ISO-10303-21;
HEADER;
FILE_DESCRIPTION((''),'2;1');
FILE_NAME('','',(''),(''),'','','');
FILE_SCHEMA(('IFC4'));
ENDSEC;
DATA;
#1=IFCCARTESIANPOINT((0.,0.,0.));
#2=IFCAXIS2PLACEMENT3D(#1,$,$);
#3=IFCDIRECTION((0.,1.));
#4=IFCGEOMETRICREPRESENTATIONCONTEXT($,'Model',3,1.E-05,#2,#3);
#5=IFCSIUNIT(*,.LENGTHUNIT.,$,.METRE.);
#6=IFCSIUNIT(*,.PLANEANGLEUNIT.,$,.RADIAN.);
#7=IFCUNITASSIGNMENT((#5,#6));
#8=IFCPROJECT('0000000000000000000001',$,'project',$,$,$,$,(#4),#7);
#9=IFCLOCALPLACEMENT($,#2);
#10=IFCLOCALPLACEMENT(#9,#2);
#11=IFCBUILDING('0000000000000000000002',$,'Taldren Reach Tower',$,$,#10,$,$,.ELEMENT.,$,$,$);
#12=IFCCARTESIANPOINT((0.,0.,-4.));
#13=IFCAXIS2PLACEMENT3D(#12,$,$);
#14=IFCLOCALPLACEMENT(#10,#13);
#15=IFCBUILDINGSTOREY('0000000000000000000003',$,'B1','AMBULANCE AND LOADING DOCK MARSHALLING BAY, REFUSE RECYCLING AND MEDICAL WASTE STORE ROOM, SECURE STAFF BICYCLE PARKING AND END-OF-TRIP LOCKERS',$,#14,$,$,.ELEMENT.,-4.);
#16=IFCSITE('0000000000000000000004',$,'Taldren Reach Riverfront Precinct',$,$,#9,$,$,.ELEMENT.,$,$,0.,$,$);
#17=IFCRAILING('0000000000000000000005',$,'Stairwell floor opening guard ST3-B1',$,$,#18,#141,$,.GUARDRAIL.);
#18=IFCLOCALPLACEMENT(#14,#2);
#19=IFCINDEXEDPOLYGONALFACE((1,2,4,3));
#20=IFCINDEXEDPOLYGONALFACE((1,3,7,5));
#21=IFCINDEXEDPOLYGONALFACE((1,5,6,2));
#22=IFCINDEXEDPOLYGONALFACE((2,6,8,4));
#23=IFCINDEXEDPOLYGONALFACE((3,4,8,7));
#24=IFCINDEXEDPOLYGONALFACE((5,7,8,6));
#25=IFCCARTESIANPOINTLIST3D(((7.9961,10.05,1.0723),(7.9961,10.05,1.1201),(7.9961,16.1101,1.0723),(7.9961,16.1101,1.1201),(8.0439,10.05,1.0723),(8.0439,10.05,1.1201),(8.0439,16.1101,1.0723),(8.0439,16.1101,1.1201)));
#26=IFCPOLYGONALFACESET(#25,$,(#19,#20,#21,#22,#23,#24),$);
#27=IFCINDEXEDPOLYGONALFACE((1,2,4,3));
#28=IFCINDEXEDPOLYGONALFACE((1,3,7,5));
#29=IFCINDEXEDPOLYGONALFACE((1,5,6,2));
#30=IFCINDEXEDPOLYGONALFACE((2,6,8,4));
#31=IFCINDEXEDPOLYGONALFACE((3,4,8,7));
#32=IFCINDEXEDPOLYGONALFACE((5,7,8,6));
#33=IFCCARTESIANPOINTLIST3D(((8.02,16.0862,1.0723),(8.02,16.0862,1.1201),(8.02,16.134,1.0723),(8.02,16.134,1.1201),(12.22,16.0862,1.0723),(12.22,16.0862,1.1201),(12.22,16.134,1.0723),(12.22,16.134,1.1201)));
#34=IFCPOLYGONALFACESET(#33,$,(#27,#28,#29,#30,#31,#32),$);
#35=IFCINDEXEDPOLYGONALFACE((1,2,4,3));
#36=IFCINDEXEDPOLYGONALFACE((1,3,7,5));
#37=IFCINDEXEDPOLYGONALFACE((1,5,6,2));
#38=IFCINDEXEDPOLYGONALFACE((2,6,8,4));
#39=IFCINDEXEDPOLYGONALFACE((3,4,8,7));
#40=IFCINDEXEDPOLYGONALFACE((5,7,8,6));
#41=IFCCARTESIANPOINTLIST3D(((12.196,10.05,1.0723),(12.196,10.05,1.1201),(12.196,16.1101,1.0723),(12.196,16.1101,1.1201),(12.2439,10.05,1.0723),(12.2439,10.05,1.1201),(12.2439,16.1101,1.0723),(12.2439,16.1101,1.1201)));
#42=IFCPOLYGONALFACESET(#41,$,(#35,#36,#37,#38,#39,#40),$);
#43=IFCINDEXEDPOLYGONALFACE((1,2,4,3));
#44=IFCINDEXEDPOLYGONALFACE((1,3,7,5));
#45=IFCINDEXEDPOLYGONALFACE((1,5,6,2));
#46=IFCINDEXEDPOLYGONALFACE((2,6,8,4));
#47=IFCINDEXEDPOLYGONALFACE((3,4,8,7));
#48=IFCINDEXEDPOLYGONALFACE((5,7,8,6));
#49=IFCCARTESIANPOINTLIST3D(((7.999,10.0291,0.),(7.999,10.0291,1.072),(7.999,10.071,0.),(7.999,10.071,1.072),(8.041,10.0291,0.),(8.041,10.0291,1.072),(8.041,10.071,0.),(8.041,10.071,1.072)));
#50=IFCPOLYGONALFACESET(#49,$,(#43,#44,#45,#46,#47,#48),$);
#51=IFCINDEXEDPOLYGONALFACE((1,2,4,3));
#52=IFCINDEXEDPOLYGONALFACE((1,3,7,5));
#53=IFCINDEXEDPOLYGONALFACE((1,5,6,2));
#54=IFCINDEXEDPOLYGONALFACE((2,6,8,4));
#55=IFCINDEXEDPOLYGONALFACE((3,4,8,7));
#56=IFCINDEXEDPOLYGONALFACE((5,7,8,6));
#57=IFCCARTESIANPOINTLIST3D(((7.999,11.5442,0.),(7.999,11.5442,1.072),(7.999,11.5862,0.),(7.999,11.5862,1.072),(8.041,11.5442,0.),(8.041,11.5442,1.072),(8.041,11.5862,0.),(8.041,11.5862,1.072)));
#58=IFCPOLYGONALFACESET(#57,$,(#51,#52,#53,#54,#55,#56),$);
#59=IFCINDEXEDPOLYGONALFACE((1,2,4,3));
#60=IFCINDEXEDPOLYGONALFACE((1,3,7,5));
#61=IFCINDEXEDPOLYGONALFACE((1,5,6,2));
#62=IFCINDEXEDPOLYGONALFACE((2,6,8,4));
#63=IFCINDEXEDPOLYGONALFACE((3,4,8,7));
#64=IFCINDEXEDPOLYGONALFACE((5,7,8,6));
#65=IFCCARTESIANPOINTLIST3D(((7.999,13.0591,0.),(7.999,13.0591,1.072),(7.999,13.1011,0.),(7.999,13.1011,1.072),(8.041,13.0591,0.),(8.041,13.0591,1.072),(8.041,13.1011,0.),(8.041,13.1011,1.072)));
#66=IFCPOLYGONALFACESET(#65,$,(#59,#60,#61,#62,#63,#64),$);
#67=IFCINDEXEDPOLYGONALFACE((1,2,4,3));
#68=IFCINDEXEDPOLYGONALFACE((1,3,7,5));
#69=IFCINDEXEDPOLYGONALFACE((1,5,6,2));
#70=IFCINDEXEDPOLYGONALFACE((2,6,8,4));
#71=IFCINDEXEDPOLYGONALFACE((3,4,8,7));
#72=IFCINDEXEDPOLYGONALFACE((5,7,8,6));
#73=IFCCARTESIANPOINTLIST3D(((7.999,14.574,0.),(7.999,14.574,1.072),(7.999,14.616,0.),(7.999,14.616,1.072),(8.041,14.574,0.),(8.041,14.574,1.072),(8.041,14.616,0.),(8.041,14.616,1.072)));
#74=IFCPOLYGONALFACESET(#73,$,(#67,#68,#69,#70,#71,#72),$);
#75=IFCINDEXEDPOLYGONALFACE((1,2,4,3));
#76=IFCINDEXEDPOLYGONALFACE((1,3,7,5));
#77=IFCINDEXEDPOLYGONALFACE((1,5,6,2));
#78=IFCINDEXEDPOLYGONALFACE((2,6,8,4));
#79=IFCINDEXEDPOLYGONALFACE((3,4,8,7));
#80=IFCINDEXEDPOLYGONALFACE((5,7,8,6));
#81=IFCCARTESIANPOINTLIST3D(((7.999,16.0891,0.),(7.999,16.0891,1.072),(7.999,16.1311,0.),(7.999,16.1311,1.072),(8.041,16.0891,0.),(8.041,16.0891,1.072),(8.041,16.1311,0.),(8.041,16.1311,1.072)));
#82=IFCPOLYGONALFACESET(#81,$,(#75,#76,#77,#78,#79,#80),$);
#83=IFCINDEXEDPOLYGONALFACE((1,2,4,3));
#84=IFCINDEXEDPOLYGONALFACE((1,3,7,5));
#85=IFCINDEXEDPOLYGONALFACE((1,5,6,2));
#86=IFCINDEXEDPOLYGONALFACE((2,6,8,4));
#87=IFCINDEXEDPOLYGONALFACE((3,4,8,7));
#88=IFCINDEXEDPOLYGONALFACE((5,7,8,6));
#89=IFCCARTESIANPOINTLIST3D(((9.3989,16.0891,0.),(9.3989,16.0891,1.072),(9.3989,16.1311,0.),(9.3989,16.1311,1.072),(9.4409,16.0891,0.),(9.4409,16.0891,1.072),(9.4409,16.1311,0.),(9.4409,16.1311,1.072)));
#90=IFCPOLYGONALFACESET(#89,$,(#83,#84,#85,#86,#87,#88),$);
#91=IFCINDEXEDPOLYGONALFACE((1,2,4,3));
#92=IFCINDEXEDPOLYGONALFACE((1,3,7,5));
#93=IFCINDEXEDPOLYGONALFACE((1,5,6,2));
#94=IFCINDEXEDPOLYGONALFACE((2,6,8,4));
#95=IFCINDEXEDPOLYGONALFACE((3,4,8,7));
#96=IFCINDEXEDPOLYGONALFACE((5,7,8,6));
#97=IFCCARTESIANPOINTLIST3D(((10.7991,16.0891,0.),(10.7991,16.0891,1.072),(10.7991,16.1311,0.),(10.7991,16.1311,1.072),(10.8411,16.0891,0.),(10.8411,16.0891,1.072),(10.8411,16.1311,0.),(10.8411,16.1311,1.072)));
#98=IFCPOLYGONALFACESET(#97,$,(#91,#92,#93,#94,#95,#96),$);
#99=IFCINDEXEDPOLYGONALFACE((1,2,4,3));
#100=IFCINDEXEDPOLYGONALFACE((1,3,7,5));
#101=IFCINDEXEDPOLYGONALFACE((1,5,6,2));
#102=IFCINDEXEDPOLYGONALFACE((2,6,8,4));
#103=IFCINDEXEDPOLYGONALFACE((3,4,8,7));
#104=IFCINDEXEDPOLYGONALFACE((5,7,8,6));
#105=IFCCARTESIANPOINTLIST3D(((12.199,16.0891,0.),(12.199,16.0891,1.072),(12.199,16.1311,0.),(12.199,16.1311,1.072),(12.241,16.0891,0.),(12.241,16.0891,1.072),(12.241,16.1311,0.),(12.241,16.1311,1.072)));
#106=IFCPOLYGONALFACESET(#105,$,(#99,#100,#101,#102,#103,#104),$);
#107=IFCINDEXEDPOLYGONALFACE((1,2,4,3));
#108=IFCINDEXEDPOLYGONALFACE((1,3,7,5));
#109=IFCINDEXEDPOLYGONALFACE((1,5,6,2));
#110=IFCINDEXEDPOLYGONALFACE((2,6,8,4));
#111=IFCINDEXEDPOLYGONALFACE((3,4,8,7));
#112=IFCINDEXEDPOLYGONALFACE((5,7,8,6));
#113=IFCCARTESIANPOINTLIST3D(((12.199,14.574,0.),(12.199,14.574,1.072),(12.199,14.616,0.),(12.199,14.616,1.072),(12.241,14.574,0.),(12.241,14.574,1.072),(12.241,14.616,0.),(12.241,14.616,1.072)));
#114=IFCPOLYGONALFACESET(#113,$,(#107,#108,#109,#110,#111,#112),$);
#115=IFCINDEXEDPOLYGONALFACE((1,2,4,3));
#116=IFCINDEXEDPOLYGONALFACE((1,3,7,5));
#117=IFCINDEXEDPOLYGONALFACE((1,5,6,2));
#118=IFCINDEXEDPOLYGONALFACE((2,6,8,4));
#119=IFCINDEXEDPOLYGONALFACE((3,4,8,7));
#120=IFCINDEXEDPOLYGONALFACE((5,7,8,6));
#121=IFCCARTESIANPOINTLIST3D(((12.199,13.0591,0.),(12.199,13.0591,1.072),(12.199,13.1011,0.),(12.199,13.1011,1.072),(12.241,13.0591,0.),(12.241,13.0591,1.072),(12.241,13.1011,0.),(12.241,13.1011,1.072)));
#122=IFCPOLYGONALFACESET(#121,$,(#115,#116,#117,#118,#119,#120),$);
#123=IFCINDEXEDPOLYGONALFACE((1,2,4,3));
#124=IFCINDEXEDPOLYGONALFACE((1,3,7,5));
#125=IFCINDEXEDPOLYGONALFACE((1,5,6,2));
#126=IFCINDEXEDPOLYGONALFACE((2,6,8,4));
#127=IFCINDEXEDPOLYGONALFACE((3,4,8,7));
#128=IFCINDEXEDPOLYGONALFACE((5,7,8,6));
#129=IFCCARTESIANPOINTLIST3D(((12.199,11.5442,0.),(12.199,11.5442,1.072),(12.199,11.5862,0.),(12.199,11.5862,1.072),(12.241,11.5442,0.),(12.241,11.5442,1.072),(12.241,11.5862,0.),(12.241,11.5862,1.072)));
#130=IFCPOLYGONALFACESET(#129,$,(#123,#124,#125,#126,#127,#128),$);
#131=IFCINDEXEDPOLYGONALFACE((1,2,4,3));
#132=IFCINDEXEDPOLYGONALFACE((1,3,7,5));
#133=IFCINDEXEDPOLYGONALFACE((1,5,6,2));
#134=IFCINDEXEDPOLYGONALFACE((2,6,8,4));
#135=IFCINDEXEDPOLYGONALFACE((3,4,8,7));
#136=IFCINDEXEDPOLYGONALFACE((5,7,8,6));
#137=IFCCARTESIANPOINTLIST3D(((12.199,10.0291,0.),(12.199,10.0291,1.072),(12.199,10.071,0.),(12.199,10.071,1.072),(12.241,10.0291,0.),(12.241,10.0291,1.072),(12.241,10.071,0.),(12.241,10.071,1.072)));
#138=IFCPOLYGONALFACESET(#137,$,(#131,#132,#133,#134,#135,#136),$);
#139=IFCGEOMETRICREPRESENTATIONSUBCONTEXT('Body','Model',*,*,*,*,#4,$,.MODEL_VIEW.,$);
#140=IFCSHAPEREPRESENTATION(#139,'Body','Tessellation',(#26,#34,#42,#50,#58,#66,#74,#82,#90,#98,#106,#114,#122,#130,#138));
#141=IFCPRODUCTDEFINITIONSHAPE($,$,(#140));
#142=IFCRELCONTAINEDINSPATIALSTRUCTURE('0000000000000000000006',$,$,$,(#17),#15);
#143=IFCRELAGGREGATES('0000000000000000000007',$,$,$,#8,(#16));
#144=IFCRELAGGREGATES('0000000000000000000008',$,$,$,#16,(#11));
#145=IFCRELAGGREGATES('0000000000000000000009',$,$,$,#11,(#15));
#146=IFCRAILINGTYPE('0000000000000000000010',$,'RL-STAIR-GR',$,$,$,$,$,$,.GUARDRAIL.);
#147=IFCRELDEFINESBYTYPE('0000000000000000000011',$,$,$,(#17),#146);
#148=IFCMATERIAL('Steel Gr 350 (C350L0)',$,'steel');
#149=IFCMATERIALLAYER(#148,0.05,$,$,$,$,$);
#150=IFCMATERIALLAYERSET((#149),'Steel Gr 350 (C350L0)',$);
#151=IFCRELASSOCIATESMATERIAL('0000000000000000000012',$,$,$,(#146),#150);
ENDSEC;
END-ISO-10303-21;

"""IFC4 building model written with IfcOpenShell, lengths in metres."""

from ifc_helpers import new_model, si_unit, direction, frame, origin, origin_2d, place, context, subcontext, project, spatial, rectangle, extrude, material, layer, layer_set, type_object, element, save


model = new_model("IFC4")

# Units and contexts
model_context = context("Model", 3, precision=1e-05, world=origin(), true_north=direction((0.0, 1.0)))
body_context = subcontext(model_context, "Body", "Model", "MODEL_VIEW")
ifc_project = project(units=[si_unit("LENGTHUNIT", "METRE"), si_unit("PLANEANGLEUNIT", "RADIAN")], contexts=[model_context])

# Site, building, storey
site_placement = place(None, origin())
site = spatial("IfcSite", under=ifc_project, at=site_placement, Name="Taldren Reach Riverfront Precinct", CompositionType="ELEMENT", RefElevation=0.0)
building_placement = place(site_placement, origin())
building = spatial("IfcBuilding", under=site, at=building_placement, Name="Taldren Reach Tower", CompositionType="ELEMENT")
storey_placement = place(building_placement, frame((0.0, 0.0, -4.0)))
storey = spatial("IfcBuildingStorey", under=building, at=storey_placement, Name="B1", Description="AMBULANCE AND LOADING DOCK MARSHALLING BAY, REFUSE RECYCLING AND MEDICAL WASTE STORE ROOM, SECURE STAFF BICYCLE PARKING AND END-OF-TRIP LOCKERS", CompositionType="ELEMENT", Elevation=-4.0)

# Shared definitions
ifc_material_1 = material(Name="Steel Gr 350 (C350L0)", Category="steel")

# Railing
ifc_layer_1 = layer(ifc_material_1, 0.05)
ifc_layer_set_1 = layer_set([ifc_layer_1], Name="Steel Gr 350 (C350L0)")
railing_type = type_object("IfcRailingType", Name="RL-STAIR-GR", PredefinedType="GUARDRAIL", material=ifc_layer_set_1)
railing_placement = place(storey_placement, frame((8.02, 10.05, 0.0)))
element("IfcRailing", 1, at=railing_placement, inside=storey, type_object=railing_type, Name="Stairwell floor opening guard ST3-B1", PredefinedType="GUARDRAIL", context=body_context, shape_type="SweptSolid", body=[
    extrude(rectangle(XDim=0.0479, YDim=0.0479, at=origin_2d()), frame((0.0, 0.0, 1.0962), z_axis=(0.0, 1.0, 0.0), x_axis=(-1.0, 0.0, 0.0)), (0.0, 0.0, 1.0), 6.0601),
    extrude(rectangle(XDim=0.0479, YDim=0.0479, at=origin_2d()), frame((0.0, 6.0601, 1.0962), z_axis=(1.0, 0.0, 0.0), x_axis=(0.0, 1.0, 0.0)), (0.0, 0.0, 1.0), 4.2),
    extrude(rectangle(XDim=0.0479, YDim=0.0479, at=origin_2d()), frame((4.2, 6.0601, 1.0962), z_axis=(0.0, -1.0, 0.0), x_axis=(1.0, 0.0, 0.0)), (0.0, 0.0, 1.0), 6.0601),
    extrude(rectangle(XDim=0.042, YDim=0.042, at=origin_2d()), origin(), (0.0, 0.0, 1.0), 1.072),
    extrude(rectangle(XDim=0.042, YDim=0.042, at=origin_2d()), frame((0.0, 1.5151, 0.0)), (0.0, 0.0, 1.0), 1.072),
    extrude(rectangle(XDim=0.042, YDim=0.042, at=origin_2d()), frame((0.0, 3.03, 0.0)), (0.0, 0.0, 1.0), 1.072),
    extrude(rectangle(XDim=0.042, YDim=0.042, at=origin_2d()), frame((0.0, 4.5449, 0.0)), (0.0, 0.0, 1.0), 1.072),
    extrude(rectangle(XDim=0.042, YDim=0.042, at=origin_2d()), frame((0.0, 6.0601, 0.0)), (0.0, 0.0, 1.0), 1.072),
    extrude(rectangle(XDim=0.042, YDim=0.042, at=origin_2d()), frame((1.3999, 6.0601, 0.0)), (0.0, 0.0, 1.0), 1.072),
    extrude(rectangle(XDim=0.042, YDim=0.042, at=origin_2d()), frame((2.8, 6.0601, 0.0)), (0.0, 0.0, 1.0), 1.072),
    extrude(rectangle(XDim=0.042, YDim=0.042, at=origin_2d()), frame((4.2, 6.0601, 0.0)), (0.0, 0.0, 1.0), 1.072),
    extrude(rectangle(XDim=0.042, YDim=0.042, at=origin_2d()), frame((4.2, 4.5449, 0.0)), (0.0, 0.0, 1.0), 1.072),
    extrude(rectangle(XDim=0.042, YDim=0.042, at=origin_2d()), frame((4.2, 3.03, 0.0)), (0.0, 0.0, 1.0), 1.072),
    extrude(rectangle(XDim=0.042, YDim=0.042, at=origin_2d()), frame((4.2, 1.5151, 0.0)), (0.0, 0.0, 1.0), 1.072),
    extrude(rectangle(XDim=0.042, YDim=0.042, at=origin_2d()), frame((4.2, 0.0, 0.0)), (0.0, 0.0, 1.0), 1.072),
])

save(model, "model.ifc")
